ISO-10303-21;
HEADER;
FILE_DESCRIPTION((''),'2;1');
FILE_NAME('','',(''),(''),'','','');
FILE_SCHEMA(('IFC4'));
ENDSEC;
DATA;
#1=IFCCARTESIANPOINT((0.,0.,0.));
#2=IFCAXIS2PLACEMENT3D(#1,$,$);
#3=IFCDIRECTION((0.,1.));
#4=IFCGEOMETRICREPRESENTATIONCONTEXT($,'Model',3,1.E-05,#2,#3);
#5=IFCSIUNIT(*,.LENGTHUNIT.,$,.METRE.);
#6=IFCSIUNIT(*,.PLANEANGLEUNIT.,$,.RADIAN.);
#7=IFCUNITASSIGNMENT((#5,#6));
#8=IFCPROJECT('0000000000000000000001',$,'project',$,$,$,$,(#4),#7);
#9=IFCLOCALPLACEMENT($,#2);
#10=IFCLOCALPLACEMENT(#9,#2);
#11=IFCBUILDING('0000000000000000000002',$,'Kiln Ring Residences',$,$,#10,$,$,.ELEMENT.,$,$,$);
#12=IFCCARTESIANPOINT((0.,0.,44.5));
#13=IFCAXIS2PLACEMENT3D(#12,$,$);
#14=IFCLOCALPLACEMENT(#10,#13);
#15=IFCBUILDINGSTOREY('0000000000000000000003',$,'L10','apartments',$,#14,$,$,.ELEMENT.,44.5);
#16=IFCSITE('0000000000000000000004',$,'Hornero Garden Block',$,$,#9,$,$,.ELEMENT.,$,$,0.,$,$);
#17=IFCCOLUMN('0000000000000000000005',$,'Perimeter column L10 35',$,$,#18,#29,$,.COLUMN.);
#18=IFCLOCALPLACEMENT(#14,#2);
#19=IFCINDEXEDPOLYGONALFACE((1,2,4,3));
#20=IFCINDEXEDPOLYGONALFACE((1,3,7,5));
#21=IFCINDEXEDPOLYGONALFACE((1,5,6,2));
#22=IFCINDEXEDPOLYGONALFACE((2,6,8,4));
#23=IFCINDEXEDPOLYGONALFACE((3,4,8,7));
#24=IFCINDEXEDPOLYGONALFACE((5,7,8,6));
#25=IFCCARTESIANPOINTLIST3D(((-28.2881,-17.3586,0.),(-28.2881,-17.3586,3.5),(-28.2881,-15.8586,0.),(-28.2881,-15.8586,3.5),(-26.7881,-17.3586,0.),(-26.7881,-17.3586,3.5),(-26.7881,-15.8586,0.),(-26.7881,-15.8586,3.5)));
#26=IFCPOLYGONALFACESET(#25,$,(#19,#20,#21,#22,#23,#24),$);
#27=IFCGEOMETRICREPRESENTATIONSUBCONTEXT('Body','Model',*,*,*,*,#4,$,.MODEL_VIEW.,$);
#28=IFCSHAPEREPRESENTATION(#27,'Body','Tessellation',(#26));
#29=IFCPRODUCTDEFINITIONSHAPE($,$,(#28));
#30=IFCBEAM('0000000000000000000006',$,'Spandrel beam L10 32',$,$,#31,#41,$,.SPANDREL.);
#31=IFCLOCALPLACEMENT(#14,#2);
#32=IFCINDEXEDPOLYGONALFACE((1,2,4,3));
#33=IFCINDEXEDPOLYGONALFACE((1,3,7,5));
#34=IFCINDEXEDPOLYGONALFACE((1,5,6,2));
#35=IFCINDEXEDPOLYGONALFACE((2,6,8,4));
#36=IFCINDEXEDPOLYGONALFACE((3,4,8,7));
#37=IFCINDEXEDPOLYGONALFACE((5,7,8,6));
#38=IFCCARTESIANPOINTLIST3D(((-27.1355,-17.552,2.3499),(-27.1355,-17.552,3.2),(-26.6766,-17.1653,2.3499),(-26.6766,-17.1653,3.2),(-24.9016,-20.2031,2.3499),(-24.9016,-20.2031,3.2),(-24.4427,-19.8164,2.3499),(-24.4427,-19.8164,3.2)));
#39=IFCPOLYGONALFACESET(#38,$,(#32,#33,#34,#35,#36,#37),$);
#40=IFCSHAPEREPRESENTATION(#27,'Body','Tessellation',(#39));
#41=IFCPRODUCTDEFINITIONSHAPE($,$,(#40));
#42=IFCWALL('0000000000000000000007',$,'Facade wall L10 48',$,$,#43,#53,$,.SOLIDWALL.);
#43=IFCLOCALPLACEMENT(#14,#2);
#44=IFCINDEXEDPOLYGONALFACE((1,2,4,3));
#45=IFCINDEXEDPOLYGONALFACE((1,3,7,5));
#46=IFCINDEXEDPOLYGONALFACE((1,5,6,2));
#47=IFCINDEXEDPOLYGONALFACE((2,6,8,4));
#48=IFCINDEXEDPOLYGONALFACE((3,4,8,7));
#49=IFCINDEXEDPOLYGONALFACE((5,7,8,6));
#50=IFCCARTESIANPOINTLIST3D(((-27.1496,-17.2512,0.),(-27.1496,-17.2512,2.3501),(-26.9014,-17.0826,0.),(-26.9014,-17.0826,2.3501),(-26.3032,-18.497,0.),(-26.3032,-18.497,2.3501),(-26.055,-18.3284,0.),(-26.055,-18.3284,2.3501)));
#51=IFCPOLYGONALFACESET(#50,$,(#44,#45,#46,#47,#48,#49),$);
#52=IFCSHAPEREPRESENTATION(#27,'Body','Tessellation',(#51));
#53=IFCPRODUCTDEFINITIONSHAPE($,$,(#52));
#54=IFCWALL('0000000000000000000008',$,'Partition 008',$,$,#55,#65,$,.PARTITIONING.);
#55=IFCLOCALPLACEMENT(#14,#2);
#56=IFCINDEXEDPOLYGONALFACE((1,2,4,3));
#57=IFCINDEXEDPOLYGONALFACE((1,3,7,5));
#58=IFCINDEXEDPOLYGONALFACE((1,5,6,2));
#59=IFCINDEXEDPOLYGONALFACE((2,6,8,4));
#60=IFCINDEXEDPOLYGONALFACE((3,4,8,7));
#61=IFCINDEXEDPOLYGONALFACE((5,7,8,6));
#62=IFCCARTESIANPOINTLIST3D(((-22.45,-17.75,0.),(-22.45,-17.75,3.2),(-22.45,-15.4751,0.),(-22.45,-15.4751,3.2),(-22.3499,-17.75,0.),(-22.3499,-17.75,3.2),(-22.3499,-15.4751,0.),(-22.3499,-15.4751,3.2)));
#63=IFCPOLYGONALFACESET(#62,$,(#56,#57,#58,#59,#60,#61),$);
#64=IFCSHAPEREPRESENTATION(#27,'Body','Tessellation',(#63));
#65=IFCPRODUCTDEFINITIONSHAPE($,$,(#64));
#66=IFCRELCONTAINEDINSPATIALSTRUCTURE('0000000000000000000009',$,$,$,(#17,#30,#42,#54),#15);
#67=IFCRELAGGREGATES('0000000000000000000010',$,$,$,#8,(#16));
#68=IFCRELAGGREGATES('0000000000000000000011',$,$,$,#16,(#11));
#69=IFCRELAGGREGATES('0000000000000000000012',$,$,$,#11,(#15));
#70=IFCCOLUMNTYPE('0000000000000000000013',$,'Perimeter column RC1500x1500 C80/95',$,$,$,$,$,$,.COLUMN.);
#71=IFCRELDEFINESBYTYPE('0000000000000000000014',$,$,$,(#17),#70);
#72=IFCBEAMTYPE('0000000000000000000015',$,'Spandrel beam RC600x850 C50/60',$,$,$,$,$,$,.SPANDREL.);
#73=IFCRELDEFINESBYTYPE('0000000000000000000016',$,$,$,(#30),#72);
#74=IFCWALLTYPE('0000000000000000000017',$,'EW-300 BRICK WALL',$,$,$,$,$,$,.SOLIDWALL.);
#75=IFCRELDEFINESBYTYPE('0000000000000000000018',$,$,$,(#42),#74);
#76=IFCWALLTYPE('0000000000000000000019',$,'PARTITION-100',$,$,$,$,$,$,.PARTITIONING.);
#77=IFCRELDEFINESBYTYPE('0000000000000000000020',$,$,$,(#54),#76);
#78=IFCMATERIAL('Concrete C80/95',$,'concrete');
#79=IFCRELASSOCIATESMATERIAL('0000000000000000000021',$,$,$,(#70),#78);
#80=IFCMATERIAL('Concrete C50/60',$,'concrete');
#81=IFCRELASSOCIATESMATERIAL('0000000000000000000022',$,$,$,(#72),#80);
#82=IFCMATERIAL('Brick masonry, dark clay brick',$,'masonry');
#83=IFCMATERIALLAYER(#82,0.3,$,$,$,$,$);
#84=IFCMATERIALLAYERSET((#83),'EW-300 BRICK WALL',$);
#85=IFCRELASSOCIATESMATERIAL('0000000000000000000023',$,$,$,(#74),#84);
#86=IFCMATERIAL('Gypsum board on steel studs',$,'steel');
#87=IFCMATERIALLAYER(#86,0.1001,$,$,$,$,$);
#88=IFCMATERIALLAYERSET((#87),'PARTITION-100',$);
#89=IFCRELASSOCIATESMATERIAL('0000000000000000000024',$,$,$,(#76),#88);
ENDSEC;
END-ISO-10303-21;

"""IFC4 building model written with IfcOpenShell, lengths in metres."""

from ifc_helpers import new_model, si_unit, direction, frame, frame_2d, origin, origin_2d, place, context, subcontext, project, spatial, rectangle, extrude, material, layer, layer_set, material_profile, profile_set, type_object, element, save


model = new_model("IFC4")

# Units and contexts
model_context = context("Model", 3, precision=1e-05, world=origin(), true_north=direction((0.0, 1.0)))
body_context = subcontext(model_context, "Body", "Model", "MODEL_VIEW")
ifc_project = project(units=[si_unit("LENGTHUNIT", "METRE"), si_unit("PLANEANGLEUNIT", "RADIAN")], contexts=[model_context])

# Site, building, storey
site_placement = place(None, origin())
site = spatial("IfcSite", under=ifc_project, at=site_placement, Name="Hornero Garden Block", CompositionType="ELEMENT", RefElevation=0.0)
building_placement = place(site_placement, origin())
building = spatial("IfcBuilding", under=site, at=building_placement, Name="Kiln Ring Residences", CompositionType="ELEMENT")
storey_placement = place(building_placement, frame((0.0, 0.0, 44.5)))
storey = spatial("IfcBuildingStorey", under=building, at=storey_placement, Name="L10", Description="apartments", CompositionType="ELEMENT", Elevation=44.5)

# Column
ifc_material_1 = material(Name="Concrete C80/95", Category="concrete")
ifc_material_profile_1 = material_profile(ifc_material_1, rectangle(XDim=1.5, YDim=1.5, at=origin_2d()), Name="RC1500x1500")
ifc_profile_set_1 = profile_set([ifc_material_profile_1], Name="Concrete C80/95")
column_type = type_object("IfcColumnType", Name="Perimeter column RC1500x1500 C80/95", PredefinedType="COLUMN", material=ifc_profile_set_1)
column_placement = place(storey_placement, frame((-27.5381, -16.6086, 0.0), z_axis=(0.0, 0.0, 1.0), x_axis=(1.0, 0.0, 0.0)))
element("IfcColumn", 1, at=column_placement, inside=storey, type_object=column_type, Name="Perimeter column L10 35", PredefinedType="COLUMN", context=body_context, shape_type="SweptSolid", body=[
    extrude(rectangle(XDim=1.5, YDim=1.5, at=origin_2d()), origin(), (0.0, 0.0, 1.0), 3.5),
])

# Beam
ifc_material_2 = material(Name="Concrete C50/60", Category="concrete")
ifc_material_profile_2 = material_profile(ifc_material_2, rectangle(XDim=0.6001, YDim=0.8501, at=origin_2d()), Name="RC600x850")
ifc_profile_set_2 = profile_set([ifc_material_profile_2], Name="Concrete C50/60")
beam_type = type_object("IfcBeamType", Name="Spandrel beam RC600x850 C50/60", PredefinedType="SPANDREL", material=ifc_profile_set_2)
beam_placement = place(storey_placement, frame((-26.906, -17.3586, 2.7749), z_axis=(0.644366, -0.764718, 0.0), x_axis=(0.764718, 0.644366, 0.0)))
element("IfcBeam", 2, at=beam_placement, inside=storey, type_object=beam_type, Name="Spandrel beam L10 32", PredefinedType="SPANDREL", context=body_context, shape_type="SweptSolid", body=[
    extrude(rectangle(XDim=0.6001, YDim=0.8501, at=origin_2d()), origin(), (0.0, 0.0, 1.0), 3.4668),
])

# Wall
ifc_material_3 = material(Name="Brick masonry, dark clay brick", Category="masonry")
ifc_layer_1 = layer(ifc_material_3, 0.3)
ifc_layer_set_1 = layer_set([ifc_layer_1], Name="EW-300 BRICK WALL")
wall_type_1 = type_object("IfcWallType", Name="EW-300 BRICK WALL", PredefinedType="SOLIDWALL", material=ifc_layer_set_1)
wall_1_placement = place(storey_placement, frame((-27.0254, -17.167, 0.0), z_axis=(0.0, 0.0, 1.0), x_axis=(0.561973, -0.827156, 0.0)))
element("IfcWall", 3, at=wall_1_placement, inside=storey, type_object=wall_type_1, Name="Facade wall L10 48", PredefinedType="SOLIDWALL", context=body_context, shape_type="SweptSolid", body=[
    extrude(rectangle(XDim=1.5061, YDim=0.3, at=frame_2d((0.7529, 0.0))), origin(), (0.0, 0.0, 1.0), 2.3501),
])

# Shared definitions
ifc_material_4 = material(Name="Gypsum board on steel studs", Category="steel")
ifc_layer_2 = layer(ifc_material_4, 0.1001)
ifc_layer_set_2 = layer_set([ifc_layer_2], Name="PARTITION-100")
wall_type_2 = type_object("IfcWallType", Name="PARTITION-100", PredefinedType="PARTITIONING", material=ifc_layer_set_2)

# Wall
wall_2_placement = place(storey_placement, frame((-22.3999, -17.75, 0.0), z_axis=(0.0, 0.0, 1.0), x_axis=(0.0, 1.0, 0.0)))
element("IfcWall", 4, at=wall_2_placement, inside=storey, type_object=wall_type_2, Name="Partition 008", PredefinedType="PARTITIONING", context=body_context, shape_type="SweptSolid", body=[
    extrude(rectangle(XDim=2.2749, YDim=0.1001, at=frame_2d((1.1375, 0.0))), origin(), (0.0, 0.0, 1.0), 3.2),
])

save(model, "model.ifc")
